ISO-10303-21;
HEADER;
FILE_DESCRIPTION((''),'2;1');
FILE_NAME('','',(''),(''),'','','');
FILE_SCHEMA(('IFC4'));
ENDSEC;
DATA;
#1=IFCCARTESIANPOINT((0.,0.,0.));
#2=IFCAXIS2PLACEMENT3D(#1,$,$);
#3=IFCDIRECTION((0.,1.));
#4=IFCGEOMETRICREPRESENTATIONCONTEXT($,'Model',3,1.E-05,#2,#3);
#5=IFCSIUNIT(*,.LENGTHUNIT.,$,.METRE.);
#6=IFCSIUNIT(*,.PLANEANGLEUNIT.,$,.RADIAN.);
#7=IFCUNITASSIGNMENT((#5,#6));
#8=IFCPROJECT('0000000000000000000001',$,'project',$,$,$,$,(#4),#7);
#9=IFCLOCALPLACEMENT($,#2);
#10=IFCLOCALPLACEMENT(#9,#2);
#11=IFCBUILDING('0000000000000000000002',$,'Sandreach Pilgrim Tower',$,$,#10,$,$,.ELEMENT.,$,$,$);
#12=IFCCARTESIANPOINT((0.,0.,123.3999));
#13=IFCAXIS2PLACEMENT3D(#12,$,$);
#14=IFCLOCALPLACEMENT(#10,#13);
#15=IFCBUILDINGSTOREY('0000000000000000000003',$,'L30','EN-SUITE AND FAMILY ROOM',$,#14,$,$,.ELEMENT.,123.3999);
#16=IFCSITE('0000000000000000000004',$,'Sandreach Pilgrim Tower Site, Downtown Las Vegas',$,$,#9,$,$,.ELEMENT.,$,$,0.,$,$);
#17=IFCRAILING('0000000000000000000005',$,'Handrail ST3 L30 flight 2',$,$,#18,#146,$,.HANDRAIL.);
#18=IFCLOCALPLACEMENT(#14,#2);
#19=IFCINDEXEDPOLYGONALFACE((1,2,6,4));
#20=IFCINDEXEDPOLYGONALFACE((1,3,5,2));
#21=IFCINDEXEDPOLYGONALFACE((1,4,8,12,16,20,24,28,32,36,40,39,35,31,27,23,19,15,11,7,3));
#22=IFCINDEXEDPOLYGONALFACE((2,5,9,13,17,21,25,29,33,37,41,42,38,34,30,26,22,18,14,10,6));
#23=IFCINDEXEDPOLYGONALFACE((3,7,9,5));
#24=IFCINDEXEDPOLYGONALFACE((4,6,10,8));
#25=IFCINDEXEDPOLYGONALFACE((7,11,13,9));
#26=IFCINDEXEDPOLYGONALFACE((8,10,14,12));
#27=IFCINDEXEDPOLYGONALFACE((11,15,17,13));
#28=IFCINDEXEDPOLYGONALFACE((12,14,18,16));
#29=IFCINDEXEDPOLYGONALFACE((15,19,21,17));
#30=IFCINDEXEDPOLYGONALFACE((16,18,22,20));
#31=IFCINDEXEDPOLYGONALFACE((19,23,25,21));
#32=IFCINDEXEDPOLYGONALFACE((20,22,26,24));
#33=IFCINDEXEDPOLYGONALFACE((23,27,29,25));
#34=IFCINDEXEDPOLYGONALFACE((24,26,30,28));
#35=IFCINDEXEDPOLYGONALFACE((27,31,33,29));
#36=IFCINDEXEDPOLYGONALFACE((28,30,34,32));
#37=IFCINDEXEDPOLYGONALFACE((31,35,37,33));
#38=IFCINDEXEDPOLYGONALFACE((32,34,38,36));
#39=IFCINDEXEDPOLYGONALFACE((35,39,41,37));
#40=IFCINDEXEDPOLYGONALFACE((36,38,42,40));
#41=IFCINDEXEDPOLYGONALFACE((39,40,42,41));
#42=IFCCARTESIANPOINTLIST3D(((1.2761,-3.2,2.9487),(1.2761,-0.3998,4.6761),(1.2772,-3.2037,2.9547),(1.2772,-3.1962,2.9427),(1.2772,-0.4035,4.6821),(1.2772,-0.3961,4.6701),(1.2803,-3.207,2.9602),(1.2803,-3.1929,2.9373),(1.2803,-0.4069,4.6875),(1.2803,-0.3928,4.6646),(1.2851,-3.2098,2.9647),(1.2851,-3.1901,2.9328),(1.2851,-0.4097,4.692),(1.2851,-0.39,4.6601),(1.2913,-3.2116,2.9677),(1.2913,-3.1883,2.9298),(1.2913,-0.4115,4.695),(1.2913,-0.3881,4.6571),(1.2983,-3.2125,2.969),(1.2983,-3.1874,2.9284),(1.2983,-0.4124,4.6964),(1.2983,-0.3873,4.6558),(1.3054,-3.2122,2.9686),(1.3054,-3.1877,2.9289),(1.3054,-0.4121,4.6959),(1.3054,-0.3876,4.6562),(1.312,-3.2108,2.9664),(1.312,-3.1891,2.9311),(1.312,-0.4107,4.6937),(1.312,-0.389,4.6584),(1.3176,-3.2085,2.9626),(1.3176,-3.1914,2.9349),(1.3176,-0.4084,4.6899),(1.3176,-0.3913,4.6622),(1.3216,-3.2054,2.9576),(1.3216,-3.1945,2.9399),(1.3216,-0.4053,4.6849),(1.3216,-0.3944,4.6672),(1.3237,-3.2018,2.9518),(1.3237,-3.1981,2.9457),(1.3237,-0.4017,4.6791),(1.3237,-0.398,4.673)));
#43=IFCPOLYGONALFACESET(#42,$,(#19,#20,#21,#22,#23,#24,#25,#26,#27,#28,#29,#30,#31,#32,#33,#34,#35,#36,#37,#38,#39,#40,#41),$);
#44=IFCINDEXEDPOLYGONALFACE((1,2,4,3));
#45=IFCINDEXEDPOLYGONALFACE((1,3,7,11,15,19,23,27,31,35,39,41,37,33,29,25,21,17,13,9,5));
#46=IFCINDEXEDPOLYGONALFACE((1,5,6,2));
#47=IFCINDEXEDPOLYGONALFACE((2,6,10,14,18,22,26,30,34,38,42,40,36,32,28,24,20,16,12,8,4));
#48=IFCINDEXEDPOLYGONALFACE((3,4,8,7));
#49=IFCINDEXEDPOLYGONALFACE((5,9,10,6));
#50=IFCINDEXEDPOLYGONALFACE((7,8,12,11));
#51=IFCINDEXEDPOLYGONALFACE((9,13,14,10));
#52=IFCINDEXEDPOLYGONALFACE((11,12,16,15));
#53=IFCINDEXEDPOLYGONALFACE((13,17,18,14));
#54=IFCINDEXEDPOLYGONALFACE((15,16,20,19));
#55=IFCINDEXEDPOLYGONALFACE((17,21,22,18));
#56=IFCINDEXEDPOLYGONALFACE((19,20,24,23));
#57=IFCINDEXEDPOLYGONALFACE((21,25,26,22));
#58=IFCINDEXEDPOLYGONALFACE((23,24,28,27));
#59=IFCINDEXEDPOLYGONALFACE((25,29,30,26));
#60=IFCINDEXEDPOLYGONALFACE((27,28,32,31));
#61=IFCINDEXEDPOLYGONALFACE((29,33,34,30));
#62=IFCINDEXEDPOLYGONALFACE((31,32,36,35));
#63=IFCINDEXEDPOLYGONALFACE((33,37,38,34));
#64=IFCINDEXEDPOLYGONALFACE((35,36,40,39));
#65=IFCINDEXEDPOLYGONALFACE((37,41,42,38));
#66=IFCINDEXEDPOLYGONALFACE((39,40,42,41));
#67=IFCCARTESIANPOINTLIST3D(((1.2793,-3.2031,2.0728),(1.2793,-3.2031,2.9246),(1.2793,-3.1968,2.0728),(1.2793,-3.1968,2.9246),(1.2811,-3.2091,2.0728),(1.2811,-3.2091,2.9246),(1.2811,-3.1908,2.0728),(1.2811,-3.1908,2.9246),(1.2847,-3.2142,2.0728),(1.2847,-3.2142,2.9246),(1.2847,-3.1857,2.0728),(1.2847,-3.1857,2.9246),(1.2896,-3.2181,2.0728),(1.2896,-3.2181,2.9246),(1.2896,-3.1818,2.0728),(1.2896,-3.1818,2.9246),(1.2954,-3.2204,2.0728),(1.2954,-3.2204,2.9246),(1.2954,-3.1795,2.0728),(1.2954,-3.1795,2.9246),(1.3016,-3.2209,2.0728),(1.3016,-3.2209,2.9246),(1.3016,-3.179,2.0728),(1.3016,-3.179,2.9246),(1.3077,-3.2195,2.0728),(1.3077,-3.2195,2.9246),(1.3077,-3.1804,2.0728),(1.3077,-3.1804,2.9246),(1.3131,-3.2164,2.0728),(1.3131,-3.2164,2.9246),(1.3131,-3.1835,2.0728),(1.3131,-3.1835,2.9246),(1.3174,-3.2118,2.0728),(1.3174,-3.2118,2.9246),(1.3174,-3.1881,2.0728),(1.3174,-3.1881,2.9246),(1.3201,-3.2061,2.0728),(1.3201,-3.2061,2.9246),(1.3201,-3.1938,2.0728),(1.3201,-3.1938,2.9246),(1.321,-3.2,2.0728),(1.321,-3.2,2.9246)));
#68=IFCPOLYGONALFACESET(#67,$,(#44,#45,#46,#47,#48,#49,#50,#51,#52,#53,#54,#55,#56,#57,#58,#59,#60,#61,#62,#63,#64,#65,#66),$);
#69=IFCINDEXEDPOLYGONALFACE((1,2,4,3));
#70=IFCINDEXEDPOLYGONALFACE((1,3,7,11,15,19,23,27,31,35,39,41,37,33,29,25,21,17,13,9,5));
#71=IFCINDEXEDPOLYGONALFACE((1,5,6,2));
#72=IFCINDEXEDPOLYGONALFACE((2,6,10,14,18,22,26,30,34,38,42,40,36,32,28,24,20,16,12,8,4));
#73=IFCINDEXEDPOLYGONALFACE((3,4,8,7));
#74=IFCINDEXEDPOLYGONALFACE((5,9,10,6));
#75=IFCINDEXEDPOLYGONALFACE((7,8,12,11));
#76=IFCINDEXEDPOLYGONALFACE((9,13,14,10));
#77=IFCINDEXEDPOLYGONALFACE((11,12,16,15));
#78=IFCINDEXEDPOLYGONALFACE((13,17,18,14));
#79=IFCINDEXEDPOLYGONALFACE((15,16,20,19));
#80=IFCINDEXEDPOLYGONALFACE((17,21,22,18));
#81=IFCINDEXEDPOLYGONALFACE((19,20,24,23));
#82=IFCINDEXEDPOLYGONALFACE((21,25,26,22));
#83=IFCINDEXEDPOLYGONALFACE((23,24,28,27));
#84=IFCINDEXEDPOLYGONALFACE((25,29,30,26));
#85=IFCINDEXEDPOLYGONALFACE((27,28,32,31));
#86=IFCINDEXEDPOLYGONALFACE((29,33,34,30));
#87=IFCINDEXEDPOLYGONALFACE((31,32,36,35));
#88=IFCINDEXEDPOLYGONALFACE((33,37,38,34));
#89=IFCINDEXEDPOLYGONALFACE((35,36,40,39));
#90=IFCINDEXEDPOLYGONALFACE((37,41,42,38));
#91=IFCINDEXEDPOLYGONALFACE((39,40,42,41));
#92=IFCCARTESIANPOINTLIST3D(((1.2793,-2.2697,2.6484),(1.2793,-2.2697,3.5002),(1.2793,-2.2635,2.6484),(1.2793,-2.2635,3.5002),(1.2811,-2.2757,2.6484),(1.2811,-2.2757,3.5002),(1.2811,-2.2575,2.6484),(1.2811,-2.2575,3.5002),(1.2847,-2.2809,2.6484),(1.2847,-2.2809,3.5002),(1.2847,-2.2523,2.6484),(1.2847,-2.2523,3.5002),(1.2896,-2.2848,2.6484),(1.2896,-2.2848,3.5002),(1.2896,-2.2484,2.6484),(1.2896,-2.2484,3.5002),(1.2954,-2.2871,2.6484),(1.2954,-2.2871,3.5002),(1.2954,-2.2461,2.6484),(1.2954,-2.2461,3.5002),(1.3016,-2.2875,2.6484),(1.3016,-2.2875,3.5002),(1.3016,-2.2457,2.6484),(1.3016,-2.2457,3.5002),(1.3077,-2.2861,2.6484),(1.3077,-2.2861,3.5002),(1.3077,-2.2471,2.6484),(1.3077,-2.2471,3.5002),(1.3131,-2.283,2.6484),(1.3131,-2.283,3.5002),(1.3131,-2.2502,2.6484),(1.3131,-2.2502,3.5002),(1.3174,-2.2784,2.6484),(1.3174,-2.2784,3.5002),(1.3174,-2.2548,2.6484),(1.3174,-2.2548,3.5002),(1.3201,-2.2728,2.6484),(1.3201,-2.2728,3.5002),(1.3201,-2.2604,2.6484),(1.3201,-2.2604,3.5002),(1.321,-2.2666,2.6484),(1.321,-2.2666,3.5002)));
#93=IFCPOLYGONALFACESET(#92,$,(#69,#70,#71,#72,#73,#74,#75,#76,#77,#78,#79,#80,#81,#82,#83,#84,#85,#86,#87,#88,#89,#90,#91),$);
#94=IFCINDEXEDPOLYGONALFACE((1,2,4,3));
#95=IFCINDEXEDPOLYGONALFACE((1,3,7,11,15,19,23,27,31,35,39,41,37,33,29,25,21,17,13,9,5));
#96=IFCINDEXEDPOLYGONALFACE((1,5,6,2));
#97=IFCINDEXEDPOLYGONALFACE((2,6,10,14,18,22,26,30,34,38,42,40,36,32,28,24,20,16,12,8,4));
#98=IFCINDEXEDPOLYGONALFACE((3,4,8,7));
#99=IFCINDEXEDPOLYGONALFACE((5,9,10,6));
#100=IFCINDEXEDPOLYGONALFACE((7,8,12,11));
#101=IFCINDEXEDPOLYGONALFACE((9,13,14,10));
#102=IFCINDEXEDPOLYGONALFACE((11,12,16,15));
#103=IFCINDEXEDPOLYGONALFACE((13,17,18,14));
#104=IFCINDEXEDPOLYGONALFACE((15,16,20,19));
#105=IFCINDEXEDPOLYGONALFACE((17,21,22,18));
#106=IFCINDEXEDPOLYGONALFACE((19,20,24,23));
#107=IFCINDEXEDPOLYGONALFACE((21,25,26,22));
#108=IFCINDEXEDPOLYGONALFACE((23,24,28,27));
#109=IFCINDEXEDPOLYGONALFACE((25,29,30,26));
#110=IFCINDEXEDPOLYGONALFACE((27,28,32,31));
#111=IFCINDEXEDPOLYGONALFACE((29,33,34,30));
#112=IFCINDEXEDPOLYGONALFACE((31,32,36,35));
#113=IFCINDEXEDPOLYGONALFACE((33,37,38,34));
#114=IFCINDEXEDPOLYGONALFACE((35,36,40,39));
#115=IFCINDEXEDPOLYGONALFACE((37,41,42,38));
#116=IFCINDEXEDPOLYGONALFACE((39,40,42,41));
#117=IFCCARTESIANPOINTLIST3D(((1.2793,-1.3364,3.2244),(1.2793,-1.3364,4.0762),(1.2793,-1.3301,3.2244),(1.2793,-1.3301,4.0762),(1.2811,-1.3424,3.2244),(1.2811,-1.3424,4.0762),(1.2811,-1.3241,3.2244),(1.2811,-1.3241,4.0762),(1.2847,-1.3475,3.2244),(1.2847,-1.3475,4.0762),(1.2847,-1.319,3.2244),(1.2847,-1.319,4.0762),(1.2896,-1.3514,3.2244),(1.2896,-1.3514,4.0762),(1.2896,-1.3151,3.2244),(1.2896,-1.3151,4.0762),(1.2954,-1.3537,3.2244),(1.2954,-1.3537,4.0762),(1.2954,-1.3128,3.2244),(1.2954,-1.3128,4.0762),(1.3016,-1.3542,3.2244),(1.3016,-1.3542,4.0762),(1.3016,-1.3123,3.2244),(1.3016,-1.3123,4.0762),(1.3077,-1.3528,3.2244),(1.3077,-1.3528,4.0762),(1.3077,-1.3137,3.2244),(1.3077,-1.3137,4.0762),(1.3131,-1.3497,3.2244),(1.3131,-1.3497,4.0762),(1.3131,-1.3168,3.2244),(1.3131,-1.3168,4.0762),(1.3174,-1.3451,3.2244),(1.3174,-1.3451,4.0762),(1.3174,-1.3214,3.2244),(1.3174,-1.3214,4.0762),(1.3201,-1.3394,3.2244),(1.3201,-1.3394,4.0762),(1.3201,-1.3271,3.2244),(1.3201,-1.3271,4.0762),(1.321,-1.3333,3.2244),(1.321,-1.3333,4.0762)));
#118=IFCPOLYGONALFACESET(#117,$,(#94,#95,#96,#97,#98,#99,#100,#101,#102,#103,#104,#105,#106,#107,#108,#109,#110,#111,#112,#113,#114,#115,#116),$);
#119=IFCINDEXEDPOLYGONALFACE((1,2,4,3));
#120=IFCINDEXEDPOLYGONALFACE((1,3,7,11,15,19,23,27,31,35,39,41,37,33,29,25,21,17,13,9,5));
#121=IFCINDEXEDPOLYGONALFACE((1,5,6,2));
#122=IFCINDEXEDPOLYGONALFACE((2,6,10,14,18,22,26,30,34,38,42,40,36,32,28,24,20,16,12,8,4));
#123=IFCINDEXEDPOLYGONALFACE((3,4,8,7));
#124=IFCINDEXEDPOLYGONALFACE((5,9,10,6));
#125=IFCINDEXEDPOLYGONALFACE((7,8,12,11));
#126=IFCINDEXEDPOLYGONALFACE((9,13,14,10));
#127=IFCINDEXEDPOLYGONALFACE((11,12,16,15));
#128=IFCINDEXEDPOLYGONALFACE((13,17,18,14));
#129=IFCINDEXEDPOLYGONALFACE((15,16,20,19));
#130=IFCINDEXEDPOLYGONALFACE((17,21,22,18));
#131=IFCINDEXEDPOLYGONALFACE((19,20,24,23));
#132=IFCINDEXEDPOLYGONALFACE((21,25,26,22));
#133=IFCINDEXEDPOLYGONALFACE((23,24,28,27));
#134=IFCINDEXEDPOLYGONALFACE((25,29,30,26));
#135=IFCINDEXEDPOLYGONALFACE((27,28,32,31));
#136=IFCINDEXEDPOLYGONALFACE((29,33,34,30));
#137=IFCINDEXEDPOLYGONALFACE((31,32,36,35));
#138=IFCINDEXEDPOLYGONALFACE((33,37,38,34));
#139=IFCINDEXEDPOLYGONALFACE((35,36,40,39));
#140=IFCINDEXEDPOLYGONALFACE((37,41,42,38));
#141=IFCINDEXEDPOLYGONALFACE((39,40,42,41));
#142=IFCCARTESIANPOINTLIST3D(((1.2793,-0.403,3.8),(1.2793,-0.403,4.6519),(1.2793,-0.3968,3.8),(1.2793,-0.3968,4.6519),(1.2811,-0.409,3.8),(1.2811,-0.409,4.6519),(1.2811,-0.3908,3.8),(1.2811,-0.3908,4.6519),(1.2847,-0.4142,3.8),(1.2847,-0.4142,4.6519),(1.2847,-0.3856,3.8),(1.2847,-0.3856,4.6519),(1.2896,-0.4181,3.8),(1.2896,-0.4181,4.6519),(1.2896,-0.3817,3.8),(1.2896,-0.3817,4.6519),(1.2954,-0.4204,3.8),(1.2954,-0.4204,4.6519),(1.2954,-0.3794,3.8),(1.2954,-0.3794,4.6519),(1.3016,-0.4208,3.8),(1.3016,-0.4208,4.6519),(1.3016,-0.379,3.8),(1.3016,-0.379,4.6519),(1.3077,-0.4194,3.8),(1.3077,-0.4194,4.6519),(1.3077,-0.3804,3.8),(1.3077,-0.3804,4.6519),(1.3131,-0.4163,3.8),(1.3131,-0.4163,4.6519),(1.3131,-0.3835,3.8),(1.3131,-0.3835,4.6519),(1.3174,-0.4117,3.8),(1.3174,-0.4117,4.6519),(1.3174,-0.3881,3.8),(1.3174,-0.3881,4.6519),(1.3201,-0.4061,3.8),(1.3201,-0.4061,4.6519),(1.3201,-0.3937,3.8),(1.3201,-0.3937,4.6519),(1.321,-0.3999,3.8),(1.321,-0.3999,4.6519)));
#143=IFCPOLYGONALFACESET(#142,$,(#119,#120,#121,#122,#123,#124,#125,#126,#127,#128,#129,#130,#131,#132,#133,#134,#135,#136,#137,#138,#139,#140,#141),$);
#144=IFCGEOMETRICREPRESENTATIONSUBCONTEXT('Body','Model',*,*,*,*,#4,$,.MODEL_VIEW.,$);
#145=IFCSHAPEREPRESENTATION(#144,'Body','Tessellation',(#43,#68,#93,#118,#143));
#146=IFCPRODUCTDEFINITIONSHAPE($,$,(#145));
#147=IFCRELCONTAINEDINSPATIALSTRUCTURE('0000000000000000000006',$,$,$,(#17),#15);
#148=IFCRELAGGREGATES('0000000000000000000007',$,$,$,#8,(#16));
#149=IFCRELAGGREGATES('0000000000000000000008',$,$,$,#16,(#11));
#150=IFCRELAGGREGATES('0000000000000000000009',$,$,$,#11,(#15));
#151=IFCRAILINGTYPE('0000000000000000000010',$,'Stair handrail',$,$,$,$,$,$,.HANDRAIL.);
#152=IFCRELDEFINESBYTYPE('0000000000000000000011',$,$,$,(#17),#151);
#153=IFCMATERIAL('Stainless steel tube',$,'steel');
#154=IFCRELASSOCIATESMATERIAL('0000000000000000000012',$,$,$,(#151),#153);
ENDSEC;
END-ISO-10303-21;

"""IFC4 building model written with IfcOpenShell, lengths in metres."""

from ifc_helpers import new_model, si_unit, direction, frame, origin, origin_2d, place, context, subcontext, project, spatial, circle, extrude, material, type_object, element, save


model = new_model("IFC4")

# Units and contexts
model_context = context("Model", 3, precision=1e-05, world=origin(), true_north=direction((0.0, 1.0)))
body_context = subcontext(model_context, "Body", "Model", "MODEL_VIEW")
ifc_project = project(units=[si_unit("LENGTHUNIT", "METRE"), si_unit("PLANEANGLEUNIT", "RADIAN")], contexts=[model_context])

# Site, building, storey
site_placement = place(None, origin())
site = spatial("IfcSite", under=ifc_project, at=site_placement, Name="Sandreach Pilgrim Tower Site, Downtown Las Vegas", CompositionType="ELEMENT", RefElevation=0.0)
building_placement = place(site_placement, origin())
building = spatial("IfcBuilding", under=site, at=building_placement, Name="Sandreach Pilgrim Tower", CompositionType="ELEMENT")
storey_placement = place(building_placement, frame((0.0, 0.0, 123.3999)))
storey = spatial("IfcBuildingStorey", under=building, at=storey_placement, Name="L30", Description="EN-SUITE AND FAMILY ROOM", CompositionType="ELEMENT", Elevation=123.3999)

# Railing
ifc_material_1 = material(Name="Stainless steel tube", Category="steel")
railing_type = type_object("IfcRailingType", Name="Stair handrail", PredefinedType="HANDRAIL", material=ifc_material_1)
for number, where, name in (
    (1, (1.3, -3.2, 2.0728), "Handrail ST3 L30 flight 2"),
):
    element("IfcRailing", number, at=place(storey_placement, frame(where)), inside=storey, type_object=railing_type, Name=name, PredefinedType="HANDRAIL", context=body_context, shape_type="SweptSolid", body=[
        extrude(circle(Radius=0.0239, at=origin_2d()), frame((0.0, 0.0, 0.876), z_axis=(0.0, 0.85109, 0.52502), x_axis=(-1.0, 0.0, 0.0)), (0.0, 0.0, 1.0), 3.29),
        extrude(circle(Radius=0.021, at=origin_2d()), origin(), (0.0, 0.0, 1.0), 0.8518),
        extrude(circle(Radius=0.021, at=origin_2d()), frame((0.0, 0.9333, 0.5757)), (0.0, 0.0, 1.0), 0.8518),
        extrude(circle(Radius=0.021, at=origin_2d()), frame((0.0, 1.8667, 1.1516)), (0.0, 0.0, 1.0), 0.8518),
        extrude(circle(Radius=0.021, at=origin_2d()), frame((0.0, 2.8, 1.7273)), (0.0, 0.0, 1.0), 0.8518),
    ])

save(model, "model.ifc")
